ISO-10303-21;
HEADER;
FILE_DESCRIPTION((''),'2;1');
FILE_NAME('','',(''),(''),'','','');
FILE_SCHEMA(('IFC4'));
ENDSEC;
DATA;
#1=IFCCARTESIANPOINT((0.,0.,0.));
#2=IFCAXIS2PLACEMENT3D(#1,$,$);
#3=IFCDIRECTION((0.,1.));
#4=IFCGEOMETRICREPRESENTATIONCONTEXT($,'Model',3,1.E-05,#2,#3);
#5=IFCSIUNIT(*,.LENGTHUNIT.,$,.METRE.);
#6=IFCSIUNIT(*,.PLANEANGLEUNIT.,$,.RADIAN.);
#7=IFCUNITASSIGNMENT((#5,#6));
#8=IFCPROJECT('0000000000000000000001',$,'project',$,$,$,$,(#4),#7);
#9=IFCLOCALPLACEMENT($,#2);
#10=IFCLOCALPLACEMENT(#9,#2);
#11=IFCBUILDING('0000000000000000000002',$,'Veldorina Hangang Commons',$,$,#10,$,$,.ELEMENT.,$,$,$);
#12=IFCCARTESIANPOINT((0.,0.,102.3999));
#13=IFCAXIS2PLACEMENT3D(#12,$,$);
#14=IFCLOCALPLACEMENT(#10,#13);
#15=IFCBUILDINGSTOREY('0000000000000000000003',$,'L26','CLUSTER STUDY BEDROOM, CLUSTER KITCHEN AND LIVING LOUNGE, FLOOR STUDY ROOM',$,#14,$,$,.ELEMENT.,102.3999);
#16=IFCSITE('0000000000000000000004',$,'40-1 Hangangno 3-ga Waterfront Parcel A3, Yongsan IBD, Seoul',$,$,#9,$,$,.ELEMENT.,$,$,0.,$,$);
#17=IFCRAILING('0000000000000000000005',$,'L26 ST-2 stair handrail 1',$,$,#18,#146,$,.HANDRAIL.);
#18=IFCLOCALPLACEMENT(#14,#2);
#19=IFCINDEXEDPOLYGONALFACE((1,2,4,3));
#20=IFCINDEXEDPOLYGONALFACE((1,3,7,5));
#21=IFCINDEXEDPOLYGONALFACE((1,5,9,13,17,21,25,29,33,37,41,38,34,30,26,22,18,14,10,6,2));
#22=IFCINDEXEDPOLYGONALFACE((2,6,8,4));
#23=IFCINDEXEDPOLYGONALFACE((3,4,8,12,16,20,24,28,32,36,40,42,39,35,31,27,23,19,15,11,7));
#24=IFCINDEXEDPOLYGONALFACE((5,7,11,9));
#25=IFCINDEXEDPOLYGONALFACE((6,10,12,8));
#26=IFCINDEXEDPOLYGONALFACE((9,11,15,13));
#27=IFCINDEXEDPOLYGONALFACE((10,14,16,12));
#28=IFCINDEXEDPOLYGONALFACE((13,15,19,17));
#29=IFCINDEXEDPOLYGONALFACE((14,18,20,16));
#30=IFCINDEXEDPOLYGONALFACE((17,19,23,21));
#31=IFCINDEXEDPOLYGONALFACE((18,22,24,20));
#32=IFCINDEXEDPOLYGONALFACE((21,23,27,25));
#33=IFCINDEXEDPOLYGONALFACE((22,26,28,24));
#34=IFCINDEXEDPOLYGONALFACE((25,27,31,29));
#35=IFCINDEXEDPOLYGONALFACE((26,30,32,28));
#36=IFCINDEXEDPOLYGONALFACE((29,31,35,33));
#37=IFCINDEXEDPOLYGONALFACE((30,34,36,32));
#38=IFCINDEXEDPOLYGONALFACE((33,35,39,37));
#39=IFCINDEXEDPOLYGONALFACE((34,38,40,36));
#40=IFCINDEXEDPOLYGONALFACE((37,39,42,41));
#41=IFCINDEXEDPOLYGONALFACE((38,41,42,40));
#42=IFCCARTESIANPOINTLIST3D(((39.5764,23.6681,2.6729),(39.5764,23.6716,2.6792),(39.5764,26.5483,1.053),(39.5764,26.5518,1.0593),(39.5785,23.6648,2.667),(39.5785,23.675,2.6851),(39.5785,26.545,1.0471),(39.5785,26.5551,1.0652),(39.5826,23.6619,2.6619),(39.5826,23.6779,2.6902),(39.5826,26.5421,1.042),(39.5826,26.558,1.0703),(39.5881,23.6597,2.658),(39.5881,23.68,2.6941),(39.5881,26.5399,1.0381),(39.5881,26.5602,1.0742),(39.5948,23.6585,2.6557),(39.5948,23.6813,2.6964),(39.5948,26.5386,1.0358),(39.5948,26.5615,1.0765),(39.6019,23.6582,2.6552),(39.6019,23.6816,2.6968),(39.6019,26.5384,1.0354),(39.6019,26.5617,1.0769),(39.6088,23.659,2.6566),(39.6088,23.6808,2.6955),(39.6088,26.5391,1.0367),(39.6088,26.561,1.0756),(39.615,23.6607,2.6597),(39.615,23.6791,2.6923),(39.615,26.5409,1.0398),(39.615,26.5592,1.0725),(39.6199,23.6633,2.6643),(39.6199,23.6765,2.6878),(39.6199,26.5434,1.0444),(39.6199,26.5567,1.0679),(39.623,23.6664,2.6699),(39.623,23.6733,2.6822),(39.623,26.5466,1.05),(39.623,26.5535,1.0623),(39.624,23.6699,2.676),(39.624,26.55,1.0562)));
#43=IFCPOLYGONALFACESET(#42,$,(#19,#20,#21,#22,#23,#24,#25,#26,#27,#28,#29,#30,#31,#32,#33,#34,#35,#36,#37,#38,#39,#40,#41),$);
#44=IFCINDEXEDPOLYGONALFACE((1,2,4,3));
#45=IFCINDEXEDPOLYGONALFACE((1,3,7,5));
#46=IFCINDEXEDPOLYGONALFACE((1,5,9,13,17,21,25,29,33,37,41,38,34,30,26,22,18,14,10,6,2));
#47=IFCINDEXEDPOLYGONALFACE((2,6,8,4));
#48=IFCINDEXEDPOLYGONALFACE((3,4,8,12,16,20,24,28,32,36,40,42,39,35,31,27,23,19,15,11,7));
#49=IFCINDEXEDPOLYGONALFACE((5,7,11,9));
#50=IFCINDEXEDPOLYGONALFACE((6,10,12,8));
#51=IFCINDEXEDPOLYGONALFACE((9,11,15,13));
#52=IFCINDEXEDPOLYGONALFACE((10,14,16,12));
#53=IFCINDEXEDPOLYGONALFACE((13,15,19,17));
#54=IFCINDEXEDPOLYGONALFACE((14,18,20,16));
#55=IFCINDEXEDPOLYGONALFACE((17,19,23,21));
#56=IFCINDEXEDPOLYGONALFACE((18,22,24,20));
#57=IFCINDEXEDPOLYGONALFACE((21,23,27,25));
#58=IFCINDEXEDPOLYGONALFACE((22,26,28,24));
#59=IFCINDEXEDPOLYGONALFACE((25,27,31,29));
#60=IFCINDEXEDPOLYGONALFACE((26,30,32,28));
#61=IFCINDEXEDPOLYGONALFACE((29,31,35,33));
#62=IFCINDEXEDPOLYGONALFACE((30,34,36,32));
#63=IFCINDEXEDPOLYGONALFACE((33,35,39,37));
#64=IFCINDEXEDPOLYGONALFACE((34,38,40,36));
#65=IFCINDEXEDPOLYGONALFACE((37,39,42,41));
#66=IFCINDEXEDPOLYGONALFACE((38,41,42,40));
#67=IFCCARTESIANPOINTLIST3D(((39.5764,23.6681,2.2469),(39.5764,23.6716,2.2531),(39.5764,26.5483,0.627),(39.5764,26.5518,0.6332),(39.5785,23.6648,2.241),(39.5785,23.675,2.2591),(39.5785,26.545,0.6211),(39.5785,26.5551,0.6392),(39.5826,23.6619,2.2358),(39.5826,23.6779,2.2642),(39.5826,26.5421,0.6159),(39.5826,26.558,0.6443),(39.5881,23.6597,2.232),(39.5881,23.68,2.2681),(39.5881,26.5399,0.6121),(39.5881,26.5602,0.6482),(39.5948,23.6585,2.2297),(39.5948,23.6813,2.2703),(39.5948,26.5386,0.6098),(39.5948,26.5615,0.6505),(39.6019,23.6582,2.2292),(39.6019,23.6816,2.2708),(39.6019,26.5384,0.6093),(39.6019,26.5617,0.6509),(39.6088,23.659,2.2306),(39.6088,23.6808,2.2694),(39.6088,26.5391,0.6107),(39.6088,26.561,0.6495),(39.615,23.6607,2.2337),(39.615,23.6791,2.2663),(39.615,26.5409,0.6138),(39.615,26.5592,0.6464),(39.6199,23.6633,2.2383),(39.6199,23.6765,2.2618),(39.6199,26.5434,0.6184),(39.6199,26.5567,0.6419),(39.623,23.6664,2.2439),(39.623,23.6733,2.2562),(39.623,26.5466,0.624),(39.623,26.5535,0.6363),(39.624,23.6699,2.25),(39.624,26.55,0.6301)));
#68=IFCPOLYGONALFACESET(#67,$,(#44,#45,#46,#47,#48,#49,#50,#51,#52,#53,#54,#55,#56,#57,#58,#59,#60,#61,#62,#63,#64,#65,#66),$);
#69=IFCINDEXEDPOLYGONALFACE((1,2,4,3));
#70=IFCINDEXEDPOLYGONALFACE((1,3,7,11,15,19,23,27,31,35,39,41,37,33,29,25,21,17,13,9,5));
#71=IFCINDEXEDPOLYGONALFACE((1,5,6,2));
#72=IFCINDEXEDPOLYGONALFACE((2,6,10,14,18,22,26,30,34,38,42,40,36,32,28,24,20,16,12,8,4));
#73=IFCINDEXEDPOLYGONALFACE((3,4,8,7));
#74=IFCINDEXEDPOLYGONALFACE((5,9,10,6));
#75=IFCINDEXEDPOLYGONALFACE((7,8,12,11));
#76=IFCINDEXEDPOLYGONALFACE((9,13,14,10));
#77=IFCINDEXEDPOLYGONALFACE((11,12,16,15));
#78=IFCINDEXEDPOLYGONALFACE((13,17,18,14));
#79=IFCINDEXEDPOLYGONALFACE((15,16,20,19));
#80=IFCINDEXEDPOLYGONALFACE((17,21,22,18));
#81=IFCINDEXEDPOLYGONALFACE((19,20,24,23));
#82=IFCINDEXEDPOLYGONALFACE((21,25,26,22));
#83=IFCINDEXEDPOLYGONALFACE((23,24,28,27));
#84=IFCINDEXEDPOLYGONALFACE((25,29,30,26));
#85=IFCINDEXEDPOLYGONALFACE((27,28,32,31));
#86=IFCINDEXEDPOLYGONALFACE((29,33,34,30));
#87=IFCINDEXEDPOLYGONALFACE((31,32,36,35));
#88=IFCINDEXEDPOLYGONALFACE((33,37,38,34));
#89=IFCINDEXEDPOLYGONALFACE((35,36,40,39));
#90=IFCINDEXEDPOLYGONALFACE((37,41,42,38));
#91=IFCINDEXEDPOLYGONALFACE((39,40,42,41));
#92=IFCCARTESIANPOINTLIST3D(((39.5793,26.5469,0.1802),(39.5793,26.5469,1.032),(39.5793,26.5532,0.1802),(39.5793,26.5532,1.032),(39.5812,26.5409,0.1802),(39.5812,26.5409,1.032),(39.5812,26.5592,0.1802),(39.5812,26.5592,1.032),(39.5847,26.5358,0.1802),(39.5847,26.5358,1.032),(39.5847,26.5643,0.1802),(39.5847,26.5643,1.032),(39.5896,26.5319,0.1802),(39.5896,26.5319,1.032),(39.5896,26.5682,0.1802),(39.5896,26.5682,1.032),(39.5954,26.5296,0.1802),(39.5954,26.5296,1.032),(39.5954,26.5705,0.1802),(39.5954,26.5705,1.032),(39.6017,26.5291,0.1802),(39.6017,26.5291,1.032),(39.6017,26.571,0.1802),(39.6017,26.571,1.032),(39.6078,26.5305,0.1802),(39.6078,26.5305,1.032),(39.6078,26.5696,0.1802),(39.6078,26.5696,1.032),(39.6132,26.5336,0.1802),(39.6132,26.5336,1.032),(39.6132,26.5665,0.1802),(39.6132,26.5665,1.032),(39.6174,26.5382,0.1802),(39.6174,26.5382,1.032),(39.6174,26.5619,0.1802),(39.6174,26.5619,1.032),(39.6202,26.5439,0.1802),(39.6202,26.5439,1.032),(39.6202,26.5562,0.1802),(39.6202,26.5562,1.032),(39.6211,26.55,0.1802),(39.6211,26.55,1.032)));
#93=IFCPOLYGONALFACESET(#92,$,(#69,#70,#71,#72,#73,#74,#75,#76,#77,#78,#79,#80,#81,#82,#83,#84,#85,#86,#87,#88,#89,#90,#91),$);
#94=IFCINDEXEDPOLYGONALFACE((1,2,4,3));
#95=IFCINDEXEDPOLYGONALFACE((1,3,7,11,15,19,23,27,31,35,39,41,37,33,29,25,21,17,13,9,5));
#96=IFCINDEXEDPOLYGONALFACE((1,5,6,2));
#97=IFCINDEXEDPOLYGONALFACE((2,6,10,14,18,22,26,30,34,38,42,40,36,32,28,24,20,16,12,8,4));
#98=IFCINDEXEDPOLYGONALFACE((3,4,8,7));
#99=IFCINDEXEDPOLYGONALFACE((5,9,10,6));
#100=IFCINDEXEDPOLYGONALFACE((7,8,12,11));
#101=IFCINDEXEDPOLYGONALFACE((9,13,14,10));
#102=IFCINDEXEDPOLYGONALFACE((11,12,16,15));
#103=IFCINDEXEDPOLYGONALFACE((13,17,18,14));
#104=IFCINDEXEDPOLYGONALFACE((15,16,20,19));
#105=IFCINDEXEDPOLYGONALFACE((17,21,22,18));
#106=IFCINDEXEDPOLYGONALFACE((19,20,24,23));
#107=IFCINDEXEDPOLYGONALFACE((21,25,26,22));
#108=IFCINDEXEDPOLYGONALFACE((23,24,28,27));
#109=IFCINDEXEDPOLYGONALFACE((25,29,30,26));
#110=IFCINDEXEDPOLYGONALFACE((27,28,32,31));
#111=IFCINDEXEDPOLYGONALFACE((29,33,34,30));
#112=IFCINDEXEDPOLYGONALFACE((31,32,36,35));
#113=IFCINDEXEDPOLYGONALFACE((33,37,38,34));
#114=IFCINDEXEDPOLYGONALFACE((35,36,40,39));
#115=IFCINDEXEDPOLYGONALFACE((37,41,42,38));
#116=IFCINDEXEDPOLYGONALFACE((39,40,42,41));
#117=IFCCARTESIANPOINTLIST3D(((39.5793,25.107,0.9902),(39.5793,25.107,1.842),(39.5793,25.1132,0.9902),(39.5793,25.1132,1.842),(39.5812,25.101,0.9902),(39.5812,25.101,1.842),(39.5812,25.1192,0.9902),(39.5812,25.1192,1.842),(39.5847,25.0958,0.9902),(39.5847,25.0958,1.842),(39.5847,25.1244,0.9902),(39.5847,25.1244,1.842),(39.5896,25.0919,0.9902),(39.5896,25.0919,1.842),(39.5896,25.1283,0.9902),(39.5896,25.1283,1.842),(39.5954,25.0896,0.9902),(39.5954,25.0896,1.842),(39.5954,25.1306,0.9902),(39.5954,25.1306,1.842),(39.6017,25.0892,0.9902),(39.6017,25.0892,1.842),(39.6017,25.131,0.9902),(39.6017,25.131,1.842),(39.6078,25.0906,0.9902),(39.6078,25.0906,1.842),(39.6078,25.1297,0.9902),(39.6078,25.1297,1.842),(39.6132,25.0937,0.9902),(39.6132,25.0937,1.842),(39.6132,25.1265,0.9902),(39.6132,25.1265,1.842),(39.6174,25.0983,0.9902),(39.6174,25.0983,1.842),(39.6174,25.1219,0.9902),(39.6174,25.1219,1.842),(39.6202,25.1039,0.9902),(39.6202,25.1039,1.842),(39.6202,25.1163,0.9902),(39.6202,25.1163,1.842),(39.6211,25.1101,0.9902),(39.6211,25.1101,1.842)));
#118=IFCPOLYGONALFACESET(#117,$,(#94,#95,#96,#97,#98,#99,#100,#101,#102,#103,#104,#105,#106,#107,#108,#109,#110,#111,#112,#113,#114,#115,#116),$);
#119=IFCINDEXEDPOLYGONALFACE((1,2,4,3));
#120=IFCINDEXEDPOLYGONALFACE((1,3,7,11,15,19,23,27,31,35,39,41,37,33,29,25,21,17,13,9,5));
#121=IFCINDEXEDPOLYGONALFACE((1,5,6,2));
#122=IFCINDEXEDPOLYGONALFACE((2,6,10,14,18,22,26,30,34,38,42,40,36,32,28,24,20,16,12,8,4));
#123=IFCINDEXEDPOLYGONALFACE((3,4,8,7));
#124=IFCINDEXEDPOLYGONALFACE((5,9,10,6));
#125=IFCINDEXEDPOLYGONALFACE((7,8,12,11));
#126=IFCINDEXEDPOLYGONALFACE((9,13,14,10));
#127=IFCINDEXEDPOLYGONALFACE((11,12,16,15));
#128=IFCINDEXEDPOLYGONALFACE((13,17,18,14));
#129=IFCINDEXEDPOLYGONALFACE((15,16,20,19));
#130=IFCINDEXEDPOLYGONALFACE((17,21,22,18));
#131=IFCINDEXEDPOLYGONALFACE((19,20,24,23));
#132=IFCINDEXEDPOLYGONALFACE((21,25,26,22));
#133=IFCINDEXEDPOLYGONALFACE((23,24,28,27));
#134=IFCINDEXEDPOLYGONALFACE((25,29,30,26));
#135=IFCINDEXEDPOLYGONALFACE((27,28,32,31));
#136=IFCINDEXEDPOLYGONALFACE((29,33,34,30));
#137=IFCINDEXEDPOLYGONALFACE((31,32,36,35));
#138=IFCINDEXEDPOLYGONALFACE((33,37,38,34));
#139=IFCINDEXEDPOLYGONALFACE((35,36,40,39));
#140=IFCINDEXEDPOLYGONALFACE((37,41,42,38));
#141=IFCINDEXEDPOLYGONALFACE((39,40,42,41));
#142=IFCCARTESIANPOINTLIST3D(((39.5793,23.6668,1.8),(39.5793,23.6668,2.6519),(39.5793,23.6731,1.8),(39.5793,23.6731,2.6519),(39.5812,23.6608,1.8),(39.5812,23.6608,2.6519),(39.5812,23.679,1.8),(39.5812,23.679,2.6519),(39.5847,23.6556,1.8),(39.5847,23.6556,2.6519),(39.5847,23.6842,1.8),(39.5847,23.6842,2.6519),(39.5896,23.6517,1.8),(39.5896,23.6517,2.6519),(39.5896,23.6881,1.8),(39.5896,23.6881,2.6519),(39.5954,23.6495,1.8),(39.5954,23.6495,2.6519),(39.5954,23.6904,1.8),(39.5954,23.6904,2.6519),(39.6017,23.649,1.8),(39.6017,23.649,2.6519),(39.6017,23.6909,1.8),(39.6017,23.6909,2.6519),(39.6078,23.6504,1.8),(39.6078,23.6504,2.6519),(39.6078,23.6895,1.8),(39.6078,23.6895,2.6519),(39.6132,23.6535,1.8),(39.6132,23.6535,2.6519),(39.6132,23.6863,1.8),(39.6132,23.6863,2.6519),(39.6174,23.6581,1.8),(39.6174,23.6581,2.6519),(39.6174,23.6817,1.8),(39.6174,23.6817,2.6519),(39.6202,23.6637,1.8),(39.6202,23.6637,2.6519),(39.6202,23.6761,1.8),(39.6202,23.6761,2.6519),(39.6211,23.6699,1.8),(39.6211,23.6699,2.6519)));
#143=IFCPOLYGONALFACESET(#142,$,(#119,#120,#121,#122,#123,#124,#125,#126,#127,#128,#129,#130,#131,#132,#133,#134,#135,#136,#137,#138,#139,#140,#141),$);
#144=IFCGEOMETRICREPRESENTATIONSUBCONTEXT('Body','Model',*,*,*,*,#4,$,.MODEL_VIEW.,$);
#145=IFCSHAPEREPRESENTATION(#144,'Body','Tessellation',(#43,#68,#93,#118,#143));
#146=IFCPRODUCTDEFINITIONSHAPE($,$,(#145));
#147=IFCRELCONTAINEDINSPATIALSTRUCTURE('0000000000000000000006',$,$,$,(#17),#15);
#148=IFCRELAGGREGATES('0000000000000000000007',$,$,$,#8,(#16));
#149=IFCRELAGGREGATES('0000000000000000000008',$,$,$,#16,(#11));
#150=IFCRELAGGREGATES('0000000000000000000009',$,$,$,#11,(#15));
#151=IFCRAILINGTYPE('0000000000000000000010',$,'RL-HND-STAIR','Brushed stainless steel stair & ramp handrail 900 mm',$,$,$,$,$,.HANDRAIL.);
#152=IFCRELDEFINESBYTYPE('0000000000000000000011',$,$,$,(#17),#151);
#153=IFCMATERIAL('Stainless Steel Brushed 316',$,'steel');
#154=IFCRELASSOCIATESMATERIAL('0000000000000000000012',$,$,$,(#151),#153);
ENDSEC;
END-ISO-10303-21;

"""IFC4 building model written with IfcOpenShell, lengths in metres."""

from ifc_helpers import new_model, si_unit, direction, frame, origin, origin_2d, place, context, subcontext, project, spatial, circle, extrude, material, type_object, element, save


model = new_model("IFC4")

# Units and contexts
model_context = context("Model", 3, precision=1e-05, world=origin(), true_north=direction((0.0, 1.0)))
body_context = subcontext(model_context, "Body", "Model", "MODEL_VIEW")
ifc_project = project(units=[si_unit("LENGTHUNIT", "METRE"), si_unit("PLANEANGLEUNIT", "RADIAN")], contexts=[model_context])

# Site, building, storey
site_placement = place(None, origin())
site = spatial("IfcSite", under=ifc_project, at=site_placement, Name="40-1 Hangangno 3-ga Waterfront Parcel A3, Yongsan IBD, Seoul", CompositionType="ELEMENT", RefElevation=0.0)
building_placement = place(site_placement, origin())
building = spatial("IfcBuilding", under=site, at=building_placement, Name="Veldorina Hangang Commons", CompositionType="ELEMENT")
storey_placement = place(building_placement, frame((0.0, 0.0, 102.3999)))
storey = spatial("IfcBuildingStorey", under=building, at=storey_placement, Name="L26", Description="CLUSTER STUDY BEDROOM, CLUSTER KITCHEN AND LIVING LOUNGE, FLOOR STUDY ROOM", CompositionType="ELEMENT", Elevation=102.3999)

# Railing
ifc_material_1 = material(Name="Stainless Steel Brushed 316", Category="steel")
railing_type_1 = type_object("IfcRailingType", Name="RL-HND-STAIR", Description="Brushed stainless steel stair & ramp handrail 900 mm", PredefinedType="HANDRAIL", material=ifc_material_1)
railing_1_placement = place(storey_placement, frame((39.6001, 26.55, 0.1802)))
element("IfcRailing", 1, at=railing_1_placement, inside=storey, type_object=railing_type_1, Name="L26 ST-2 stair handrail 1", PredefinedType="HANDRAIL", context=body_context, shape_type="SweptSolid", body=[
    extrude(circle(Radius=0.0239, at=origin_2d()), frame((0.0, 0.0, 0.876), z_axis=(0.0, -0.871601, 0.490216), x_axis=(1.0, 0.0, 0.0)), (0.0, 0.0, 1.0), 3.3044),
    extrude(circle(Radius=0.0239, at=origin_2d()), frame((0.0, 0.0, 0.45), z_axis=(0.0, -0.871601, 0.490216), x_axis=(1.0, 0.0, 0.0)), (0.0, 0.0, 1.0), 3.3044),
    extrude(circle(Radius=0.021, at=origin_2d()), origin(), (0.0, 0.0, 1.0), 0.8518),
    extrude(circle(Radius=0.021, at=origin_2d()), frame((0.0, -1.4399, 0.8101)), (0.0, 0.0, 1.0), 0.8518),
    extrude(circle(Radius=0.021, at=origin_2d()), frame((0.0, -2.8801, 1.6199)), (0.0, 0.0, 1.0), 0.8518),
])

save(model, "model.ifc")
